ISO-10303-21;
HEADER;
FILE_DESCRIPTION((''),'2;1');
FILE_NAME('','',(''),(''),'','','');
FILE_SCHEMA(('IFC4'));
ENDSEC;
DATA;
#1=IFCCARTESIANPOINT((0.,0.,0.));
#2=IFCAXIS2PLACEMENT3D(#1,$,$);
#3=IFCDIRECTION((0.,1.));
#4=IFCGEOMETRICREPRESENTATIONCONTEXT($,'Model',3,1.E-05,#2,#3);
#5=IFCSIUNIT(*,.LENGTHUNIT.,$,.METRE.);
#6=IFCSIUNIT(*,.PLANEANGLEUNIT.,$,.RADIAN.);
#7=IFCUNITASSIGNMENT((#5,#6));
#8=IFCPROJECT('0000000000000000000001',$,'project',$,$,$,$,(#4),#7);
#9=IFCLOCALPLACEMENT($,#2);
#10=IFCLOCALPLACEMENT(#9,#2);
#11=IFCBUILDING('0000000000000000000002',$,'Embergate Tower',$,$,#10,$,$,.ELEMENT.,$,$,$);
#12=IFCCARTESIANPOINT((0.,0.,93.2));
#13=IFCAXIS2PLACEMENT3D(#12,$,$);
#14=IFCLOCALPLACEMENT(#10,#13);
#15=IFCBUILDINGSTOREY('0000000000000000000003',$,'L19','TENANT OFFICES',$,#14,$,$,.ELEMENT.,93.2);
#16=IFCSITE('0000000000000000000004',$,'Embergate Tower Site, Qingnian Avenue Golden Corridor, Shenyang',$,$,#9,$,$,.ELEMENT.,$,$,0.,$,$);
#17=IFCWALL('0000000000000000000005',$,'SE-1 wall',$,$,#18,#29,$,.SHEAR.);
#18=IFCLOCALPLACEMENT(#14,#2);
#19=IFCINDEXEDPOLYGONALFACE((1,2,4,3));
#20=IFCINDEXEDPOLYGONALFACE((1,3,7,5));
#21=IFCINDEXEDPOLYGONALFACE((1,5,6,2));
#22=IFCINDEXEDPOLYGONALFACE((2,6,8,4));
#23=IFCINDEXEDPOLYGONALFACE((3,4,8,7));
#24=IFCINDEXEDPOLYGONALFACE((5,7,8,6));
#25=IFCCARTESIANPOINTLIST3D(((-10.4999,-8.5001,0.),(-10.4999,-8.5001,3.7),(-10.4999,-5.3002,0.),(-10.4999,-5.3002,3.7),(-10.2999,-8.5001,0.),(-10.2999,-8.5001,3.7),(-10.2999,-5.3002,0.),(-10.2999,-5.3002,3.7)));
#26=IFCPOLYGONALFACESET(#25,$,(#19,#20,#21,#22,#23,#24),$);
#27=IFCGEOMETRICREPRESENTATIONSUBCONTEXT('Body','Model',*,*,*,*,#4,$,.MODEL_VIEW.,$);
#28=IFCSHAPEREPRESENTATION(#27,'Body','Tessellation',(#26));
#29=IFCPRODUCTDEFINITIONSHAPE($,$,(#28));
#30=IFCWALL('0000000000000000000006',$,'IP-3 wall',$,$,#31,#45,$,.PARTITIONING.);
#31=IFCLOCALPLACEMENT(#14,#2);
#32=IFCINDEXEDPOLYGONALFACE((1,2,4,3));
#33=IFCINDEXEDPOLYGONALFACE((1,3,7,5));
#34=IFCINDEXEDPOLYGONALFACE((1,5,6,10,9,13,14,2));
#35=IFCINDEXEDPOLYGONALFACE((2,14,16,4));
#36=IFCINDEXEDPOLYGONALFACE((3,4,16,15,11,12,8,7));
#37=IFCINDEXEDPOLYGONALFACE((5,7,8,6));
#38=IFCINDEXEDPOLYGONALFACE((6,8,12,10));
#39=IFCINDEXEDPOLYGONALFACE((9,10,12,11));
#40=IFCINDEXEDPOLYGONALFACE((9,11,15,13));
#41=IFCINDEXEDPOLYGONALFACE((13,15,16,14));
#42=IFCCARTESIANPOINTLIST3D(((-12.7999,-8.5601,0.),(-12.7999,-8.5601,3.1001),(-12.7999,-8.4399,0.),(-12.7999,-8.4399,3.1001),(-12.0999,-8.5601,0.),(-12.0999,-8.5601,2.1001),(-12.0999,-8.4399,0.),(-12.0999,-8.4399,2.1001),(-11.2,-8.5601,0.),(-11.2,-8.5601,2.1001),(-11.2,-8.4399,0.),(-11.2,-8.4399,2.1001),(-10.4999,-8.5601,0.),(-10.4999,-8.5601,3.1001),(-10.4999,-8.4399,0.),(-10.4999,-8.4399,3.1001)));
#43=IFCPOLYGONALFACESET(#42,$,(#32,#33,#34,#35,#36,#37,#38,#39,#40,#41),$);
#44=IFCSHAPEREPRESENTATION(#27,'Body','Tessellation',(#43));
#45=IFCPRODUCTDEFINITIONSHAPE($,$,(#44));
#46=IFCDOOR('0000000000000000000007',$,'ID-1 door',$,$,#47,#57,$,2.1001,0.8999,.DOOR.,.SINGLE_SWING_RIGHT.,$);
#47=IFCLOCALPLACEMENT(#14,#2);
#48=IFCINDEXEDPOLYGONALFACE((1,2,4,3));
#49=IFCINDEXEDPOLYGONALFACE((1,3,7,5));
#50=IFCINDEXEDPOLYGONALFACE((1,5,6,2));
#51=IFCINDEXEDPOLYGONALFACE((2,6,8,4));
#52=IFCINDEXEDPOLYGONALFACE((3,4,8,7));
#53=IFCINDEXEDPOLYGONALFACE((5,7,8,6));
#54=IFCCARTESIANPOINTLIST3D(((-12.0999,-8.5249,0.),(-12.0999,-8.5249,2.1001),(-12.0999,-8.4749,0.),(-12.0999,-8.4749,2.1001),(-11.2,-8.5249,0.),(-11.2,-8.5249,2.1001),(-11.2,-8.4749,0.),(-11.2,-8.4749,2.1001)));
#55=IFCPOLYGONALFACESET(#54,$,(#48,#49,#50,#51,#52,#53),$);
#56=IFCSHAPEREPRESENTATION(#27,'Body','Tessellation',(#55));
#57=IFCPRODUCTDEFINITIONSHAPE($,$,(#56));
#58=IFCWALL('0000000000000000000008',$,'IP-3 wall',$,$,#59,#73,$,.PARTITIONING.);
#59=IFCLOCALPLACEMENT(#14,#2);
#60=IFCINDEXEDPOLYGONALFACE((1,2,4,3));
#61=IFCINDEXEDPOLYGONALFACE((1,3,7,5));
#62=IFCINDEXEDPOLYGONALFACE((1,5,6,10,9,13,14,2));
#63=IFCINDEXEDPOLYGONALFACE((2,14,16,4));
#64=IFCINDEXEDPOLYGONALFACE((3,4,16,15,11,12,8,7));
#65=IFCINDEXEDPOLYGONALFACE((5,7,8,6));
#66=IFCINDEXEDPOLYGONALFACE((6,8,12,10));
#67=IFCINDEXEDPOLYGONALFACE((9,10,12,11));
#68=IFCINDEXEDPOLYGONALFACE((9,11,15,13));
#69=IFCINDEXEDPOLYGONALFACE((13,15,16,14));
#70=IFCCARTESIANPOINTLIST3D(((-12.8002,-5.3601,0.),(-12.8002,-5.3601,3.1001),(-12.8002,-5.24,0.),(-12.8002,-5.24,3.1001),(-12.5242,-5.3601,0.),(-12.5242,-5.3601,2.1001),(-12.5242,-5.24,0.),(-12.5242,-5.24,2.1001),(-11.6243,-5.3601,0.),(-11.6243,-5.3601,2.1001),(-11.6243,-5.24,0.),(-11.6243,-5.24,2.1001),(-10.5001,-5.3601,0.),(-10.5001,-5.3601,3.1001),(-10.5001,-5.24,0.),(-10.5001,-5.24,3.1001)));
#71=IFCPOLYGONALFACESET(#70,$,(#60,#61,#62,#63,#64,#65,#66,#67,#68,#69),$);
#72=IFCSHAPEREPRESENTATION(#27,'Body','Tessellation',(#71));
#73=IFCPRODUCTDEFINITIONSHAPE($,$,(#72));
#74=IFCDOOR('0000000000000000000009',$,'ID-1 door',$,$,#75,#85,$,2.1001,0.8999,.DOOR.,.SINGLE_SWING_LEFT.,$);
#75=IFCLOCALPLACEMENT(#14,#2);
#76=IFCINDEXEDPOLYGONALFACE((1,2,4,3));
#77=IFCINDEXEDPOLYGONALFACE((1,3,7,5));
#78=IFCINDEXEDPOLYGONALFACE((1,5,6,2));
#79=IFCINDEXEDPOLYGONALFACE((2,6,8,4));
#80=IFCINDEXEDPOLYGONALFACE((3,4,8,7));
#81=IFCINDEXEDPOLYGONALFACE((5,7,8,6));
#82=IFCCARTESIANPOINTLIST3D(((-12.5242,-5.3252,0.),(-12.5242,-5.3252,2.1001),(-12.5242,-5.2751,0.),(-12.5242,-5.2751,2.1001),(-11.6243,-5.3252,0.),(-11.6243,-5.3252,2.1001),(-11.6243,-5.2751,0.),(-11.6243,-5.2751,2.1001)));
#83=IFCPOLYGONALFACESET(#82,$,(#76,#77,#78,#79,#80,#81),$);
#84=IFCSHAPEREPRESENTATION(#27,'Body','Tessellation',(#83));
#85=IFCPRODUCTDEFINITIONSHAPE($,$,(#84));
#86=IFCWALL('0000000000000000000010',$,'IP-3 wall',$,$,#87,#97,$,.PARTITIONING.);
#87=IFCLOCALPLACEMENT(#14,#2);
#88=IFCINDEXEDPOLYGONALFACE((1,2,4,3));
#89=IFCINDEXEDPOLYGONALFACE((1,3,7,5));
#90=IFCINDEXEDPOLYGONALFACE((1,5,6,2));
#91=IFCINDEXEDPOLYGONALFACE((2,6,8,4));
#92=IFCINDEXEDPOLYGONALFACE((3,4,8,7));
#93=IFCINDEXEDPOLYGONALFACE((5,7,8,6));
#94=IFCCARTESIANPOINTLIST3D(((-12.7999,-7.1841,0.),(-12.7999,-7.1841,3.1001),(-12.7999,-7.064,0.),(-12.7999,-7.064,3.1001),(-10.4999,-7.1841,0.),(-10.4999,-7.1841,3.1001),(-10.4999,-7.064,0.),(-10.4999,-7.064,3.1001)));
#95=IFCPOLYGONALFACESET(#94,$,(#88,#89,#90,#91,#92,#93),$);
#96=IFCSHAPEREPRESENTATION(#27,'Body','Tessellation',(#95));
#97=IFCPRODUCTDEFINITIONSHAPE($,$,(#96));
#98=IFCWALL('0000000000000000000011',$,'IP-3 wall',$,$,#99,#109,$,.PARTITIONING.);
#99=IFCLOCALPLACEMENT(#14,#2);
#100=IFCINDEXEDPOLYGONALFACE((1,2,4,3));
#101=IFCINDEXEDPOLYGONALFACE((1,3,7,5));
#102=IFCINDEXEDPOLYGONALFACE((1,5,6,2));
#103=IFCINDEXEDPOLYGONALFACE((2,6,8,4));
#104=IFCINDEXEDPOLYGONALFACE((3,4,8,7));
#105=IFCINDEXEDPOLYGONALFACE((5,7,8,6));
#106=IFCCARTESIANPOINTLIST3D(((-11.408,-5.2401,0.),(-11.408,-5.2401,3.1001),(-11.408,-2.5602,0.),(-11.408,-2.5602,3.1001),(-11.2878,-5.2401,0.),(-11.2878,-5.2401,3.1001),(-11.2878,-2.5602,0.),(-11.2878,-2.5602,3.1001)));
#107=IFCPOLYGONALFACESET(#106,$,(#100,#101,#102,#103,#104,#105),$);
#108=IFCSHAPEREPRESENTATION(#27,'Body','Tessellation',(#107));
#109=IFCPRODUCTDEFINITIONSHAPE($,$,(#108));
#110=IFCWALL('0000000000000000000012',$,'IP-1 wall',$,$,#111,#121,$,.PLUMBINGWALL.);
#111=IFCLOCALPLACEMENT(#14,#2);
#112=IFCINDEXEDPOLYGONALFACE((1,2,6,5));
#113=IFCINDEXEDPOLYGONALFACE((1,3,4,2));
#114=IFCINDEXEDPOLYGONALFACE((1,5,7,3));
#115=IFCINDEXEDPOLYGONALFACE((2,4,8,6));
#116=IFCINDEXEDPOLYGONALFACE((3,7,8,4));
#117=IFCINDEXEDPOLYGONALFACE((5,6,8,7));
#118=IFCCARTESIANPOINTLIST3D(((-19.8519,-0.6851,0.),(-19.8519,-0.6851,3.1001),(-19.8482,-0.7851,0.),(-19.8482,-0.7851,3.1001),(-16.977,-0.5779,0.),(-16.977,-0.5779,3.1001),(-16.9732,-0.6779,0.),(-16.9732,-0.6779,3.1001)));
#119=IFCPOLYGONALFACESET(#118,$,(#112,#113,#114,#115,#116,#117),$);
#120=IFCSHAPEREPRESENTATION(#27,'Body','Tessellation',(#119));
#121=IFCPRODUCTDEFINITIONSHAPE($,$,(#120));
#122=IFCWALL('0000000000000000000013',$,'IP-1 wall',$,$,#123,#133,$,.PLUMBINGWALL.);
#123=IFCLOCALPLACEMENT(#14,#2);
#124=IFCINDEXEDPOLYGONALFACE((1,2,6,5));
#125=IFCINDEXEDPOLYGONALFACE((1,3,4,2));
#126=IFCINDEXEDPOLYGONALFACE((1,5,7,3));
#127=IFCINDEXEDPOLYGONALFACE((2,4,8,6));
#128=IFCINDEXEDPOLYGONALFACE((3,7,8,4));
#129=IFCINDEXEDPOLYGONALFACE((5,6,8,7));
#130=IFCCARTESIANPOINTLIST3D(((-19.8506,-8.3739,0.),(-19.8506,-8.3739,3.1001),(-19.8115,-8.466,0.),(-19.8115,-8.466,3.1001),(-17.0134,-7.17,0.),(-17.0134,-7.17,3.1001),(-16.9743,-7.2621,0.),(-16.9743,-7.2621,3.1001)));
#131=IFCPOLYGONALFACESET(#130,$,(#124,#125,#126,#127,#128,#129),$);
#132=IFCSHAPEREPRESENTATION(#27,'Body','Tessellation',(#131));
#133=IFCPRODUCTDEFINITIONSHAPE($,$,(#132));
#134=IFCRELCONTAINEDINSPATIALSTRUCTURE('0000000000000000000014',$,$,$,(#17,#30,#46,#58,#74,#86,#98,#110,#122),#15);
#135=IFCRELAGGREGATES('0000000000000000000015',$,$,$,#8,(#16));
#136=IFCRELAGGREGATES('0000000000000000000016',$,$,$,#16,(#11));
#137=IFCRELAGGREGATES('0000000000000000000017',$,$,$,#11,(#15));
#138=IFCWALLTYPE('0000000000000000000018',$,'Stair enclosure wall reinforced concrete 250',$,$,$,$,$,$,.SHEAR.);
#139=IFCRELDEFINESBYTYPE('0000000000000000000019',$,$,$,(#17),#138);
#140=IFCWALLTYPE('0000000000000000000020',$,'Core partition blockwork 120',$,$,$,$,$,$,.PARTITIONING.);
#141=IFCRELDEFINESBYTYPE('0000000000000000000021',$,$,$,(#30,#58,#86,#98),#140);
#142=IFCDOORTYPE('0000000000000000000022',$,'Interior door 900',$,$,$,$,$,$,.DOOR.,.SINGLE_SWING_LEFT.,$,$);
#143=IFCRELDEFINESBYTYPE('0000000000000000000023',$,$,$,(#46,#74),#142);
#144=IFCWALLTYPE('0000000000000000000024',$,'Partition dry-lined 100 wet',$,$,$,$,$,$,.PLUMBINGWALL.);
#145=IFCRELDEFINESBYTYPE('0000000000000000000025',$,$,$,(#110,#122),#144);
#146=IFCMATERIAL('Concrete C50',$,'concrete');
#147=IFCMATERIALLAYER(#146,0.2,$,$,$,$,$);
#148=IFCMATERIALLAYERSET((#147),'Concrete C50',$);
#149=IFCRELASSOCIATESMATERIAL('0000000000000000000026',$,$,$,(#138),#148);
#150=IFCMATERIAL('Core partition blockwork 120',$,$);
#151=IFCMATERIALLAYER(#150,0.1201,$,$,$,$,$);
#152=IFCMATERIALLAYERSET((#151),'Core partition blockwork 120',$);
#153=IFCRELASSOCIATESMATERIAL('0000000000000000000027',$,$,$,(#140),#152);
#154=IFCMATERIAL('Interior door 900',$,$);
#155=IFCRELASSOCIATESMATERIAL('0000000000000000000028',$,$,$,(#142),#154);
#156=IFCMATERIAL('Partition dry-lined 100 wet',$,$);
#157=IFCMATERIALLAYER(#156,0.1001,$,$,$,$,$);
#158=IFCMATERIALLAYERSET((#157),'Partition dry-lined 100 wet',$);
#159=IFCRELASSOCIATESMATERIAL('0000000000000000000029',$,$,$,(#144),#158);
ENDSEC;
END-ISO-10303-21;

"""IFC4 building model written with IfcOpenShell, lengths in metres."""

from ifc_helpers import new_model, si_unit, direction, frame, frame_2d, origin, place, context, subcontext, project, spatial, rectangle, extrude, source, transform, mapped, material, layer, layer_set, type_object, element, fill, save


model = new_model("IFC4")

# Units and contexts
model_context = context("Model", 3, precision=1e-05, world=origin(), true_north=direction((0.0, 1.0)))
body_context = subcontext(model_context, "Body", "Model", "MODEL_VIEW")
ifc_project = project(units=[si_unit("LENGTHUNIT", "METRE"), si_unit("PLANEANGLEUNIT", "RADIAN")], contexts=[model_context])

# Site, building, storey
site_placement = place(None, origin())
site = spatial("IfcSite", under=ifc_project, at=site_placement, Name="Embergate Tower Site, Qingnian Avenue Golden Corridor, Shenyang", CompositionType="ELEMENT", RefElevation=0.0)
building_placement = place(site_placement, origin())
building = spatial("IfcBuilding", under=site, at=building_placement, Name="Embergate Tower", CompositionType="ELEMENT")
storey_placement = place(building_placement, frame((0.0, 0.0, 93.2)))
storey = spatial("IfcBuildingStorey", under=building, at=storey_placement, Name="L19", Description="TENANT OFFICES", CompositionType="ELEMENT", Elevation=93.2)

# Wall
ifc_material_1 = material(Name="Concrete C50", Category="concrete")
ifc_layer_1 = layer(ifc_material_1, 0.2)
ifc_layer_set_1 = layer_set([ifc_layer_1], Name="Concrete C50")
wall_type_1 = type_object("IfcWallType", Name="Stair enclosure wall reinforced concrete 250", PredefinedType="SHEAR", material=ifc_layer_set_1)
ifc_material_2 = material(Name="Core partition blockwork 120")
ifc_layer_2 = layer(ifc_material_2, 0.1201)
ifc_layer_set_2 = layer_set([ifc_layer_2], Name="Core partition blockwork 120")
wall_type_2 = type_object("IfcWallType", Name="Core partition blockwork 120", PredefinedType="PARTITIONING", material=ifc_layer_set_2)
shared_shape_1 = source(origin(), body_context, "Body", "SweptSolid", [
    extrude(rectangle(XDim=3.2, YDim=0.2, at=frame_2d((1.6001, 0.0))), origin(), (0.0, 0.0, 1.0), 3.7),
])
wall_1_placement = place(storey_placement, frame((-10.3999, -5.3, 0.0), z_axis=(0.0, 0.0, 1.0), x_axis=(0.0, -1.0, 0.0)))
element("IfcWall", 1, at=wall_1_placement, inside=storey, type_object=wall_type_1, Name="SE-1 wall", PredefinedType="SHEAR", context=body_context, shape_type="MappedRepresentation", body=[
    mapped(shared_shape_1, transform((0.0, 0.0, 0.0))),
])

# Walls, openings, doors
shared_shape_2 = source(origin(), body_context, "Body", "SweptSolid", [
    extrude(rectangle(XDim=2.3, YDim=0.1201, at=frame_2d((1.1499, 0.0))), origin(), (0.0, 0.0, 1.0), 3.1001),
])
wall_2_placement = place(storey_placement, frame((-10.5, -8.5, 0.0), z_axis=(0.0, 0.0, 1.0), x_axis=(-1.0, 0.0, 0.0)))
wall_2 = element("IfcWall", 2, at=wall_2_placement, inside=storey, type_object=wall_type_2, Name="IP-3 wall", PredefinedType="PARTITIONING", context=body_context, shape_type="MappedRepresentation", body=[
    mapped(shared_shape_2, transform((0.0, 0.0, 0.0))),
])
shared_shape_3 = source(origin(), body_context, "Body", "SweptSolid", [
    extrude(rectangle(XDim=0.8999, YDim=2.1001, at=frame_2d((0.45, 1.05))), frame((0.0, 0.0701, 0.0), z_axis=(0.0, -1.0, 0.0), x_axis=(1.0, 0.0, 0.0)), (0.0, 0.0, 1.0), 0.1401),
])
opening_1_placement = place(wall_2_placement, frame((0.7, 0.0, 0.0)))
opening_1 = element("IfcOpeningElement", 3, at=opening_1_placement, cuts=wall_2, PredefinedType="OPENING", context=body_context, shape_type="MappedRepresentation", body=[
    mapped(shared_shape_3, transform((0.0, 0.0, 0.0))),
])
ifc_material_3 = material(Name="Interior door 900")
door_type = type_object("IfcDoorType", Name="Interior door 900", OperationType="SINGLE_SWING_LEFT", PredefinedType="DOOR", material=ifc_material_3)
shared_shape_4 = source(origin(), body_context, "Body", "SweptSolid", [
    extrude(rectangle(XDim=0.8999, YDim=2.1001, at=frame_2d((0.45, 1.05))), frame((0.0, 0.0249, 0.0), z_axis=(0.0, -1.0, 0.0), x_axis=(1.0, 0.0, 0.0)), (0.0, 0.0, 1.0), 0.05),
])
door_1_placement = place(opening_1_placement, origin())
door_1 = element("IfcDoor", 4, at=door_1_placement, inside=storey, type_object=door_type, Name="ID-1 door", OperationType="SINGLE_SWING_RIGHT", OverallHeight=2.1001, OverallWidth=0.8999, PredefinedType="DOOR", context=body_context, shape_type="MappedRepresentation", body=[
    mapped(shared_shape_4, transform((0.0, 0.0, 0.0))),
])
fill(opening_1, door_1)
wall_3_placement = place(storey_placement, frame((-12.8, -5.3, 0.0), z_axis=(0.0, 0.0, 1.0), x_axis=(1.0, 0.0, 0.0)))
wall_3 = element("IfcWall", 5, at=wall_3_placement, inside=storey, type_object=wall_type_2, Name="IP-3 wall", PredefinedType="PARTITIONING", context=body_context, shape_type="MappedRepresentation", body=[
    mapped(shared_shape_2, transform((0.0, 0.0, 0.0))),
])
opening_2_placement = place(wall_3_placement, frame((0.2759, 0.0, 0.0)))
opening_2 = element("IfcOpeningElement", 6, at=opening_2_placement, cuts=wall_3, PredefinedType="OPENING", context=body_context, shape_type="MappedRepresentation", body=[
    mapped(shared_shape_3, transform((0.0, 0.0, 0.0))),
])
door_2_placement = place(opening_2_placement, origin())
door_2 = element("IfcDoor", 7, at=door_2_placement, inside=storey, type_object=door_type, Name="ID-1 door", OperationType="SINGLE_SWING_LEFT", OverallHeight=2.1001, OverallWidth=0.8999, PredefinedType="DOOR", context=body_context, shape_type="MappedRepresentation", body=[
    mapped(shared_shape_4, transform((0.0, 0.0, 0.0))),
])
fill(opening_2, door_2)

# Walls
wall_4_placement = place(storey_placement, frame((-10.5, -7.124, 0.0), z_axis=(0.0, 0.0, 1.0), x_axis=(-1.0, 0.0, 0.0)))
element("IfcWall", 8, at=wall_4_placement, inside=storey, type_object=wall_type_2, Name="IP-3 wall", PredefinedType="PARTITIONING", context=body_context, shape_type="MappedRepresentation", body=[
    mapped(shared_shape_2, transform((0.0, 0.0, 0.0))),
])
shared_shape_5 = source(origin(), body_context, "Body", "SweptSolid", [
    extrude(rectangle(XDim=2.6799, YDim=0.1201, at=frame_2d((1.3398, 0.0))), origin(), (0.0, 0.0, 1.0), 3.1001),
])
wall_5_placement = place(storey_placement, frame((-11.3479, -5.24, 0.0), z_axis=(0.0, 0.0, 1.0), x_axis=(0.0, 1.0, 0.0)))
element("IfcWall", 9, at=wall_5_placement, inside=storey, type_object=wall_type_2, Name="IP-3 wall", PredefinedType="PARTITIONING", context=body_context, shape_type="MappedRepresentation", body=[
    mapped(shared_shape_5, transform((0.0, 0.0, 0.0))),
])
ifc_material_4 = material(Name="Partition dry-lined 100 wet")
ifc_layer_3 = layer(ifc_material_4, 0.1001)
ifc_layer_set_3 = layer_set([ifc_layer_3], Name="Partition dry-lined 100 wet")
wall_type_3 = type_object("IfcWallType", Name="Partition dry-lined 100 wet", PredefinedType="PLUMBINGWALL", material=ifc_layer_set_3)
shared_shape_6 = source(origin(), body_context, "Body", "SweptSolid", [
    extrude(rectangle(XDim=2.877, YDim=0.1001, at=frame_2d((1.4385, 0.0))), origin(), (0.0, 0.0, 1.0), 3.1001),
])
wall_6_placement = place(storey_placement, frame((-16.9751, -0.6279, 0.0), z_axis=(0.0, 0.0, 1.0), x_axis=(-0.999306, -0.037253, 0.0)))
element("IfcWall", 10, at=wall_6_placement, inside=storey, type_object=wall_type_3, Name="IP-1 wall", PredefinedType="PLUMBINGWALL", context=body_context, shape_type="MappedRepresentation", body=[
    mapped(shared_shape_6, transform((0.0, 0.0, 0.0))),
])
shared_shape_7 = source(origin(), body_context, "Body", "SweptSolid", [
    extrude(rectangle(XDim=3.082, YDim=0.1001, at=frame_2d((1.541, 0.0))), origin(), (0.0, 0.0, 1.0), 3.1001),
])
wall_7_placement = place(storey_placement, frame((-16.9939, -7.2161, 0.0), z_axis=(0.0, 0.0, 1.0), x_axis=(-0.920557, -0.390609, 0.0)))
element("IfcWall", 11, at=wall_7_placement, inside=storey, type_object=wall_type_3, Name="IP-1 wall", PredefinedType="PLUMBINGWALL", context=body_context, shape_type="MappedRepresentation", body=[
    mapped(shared_shape_7, transform((0.0, 0.0, 0.0))),
])

save(model, "model.ifc")
